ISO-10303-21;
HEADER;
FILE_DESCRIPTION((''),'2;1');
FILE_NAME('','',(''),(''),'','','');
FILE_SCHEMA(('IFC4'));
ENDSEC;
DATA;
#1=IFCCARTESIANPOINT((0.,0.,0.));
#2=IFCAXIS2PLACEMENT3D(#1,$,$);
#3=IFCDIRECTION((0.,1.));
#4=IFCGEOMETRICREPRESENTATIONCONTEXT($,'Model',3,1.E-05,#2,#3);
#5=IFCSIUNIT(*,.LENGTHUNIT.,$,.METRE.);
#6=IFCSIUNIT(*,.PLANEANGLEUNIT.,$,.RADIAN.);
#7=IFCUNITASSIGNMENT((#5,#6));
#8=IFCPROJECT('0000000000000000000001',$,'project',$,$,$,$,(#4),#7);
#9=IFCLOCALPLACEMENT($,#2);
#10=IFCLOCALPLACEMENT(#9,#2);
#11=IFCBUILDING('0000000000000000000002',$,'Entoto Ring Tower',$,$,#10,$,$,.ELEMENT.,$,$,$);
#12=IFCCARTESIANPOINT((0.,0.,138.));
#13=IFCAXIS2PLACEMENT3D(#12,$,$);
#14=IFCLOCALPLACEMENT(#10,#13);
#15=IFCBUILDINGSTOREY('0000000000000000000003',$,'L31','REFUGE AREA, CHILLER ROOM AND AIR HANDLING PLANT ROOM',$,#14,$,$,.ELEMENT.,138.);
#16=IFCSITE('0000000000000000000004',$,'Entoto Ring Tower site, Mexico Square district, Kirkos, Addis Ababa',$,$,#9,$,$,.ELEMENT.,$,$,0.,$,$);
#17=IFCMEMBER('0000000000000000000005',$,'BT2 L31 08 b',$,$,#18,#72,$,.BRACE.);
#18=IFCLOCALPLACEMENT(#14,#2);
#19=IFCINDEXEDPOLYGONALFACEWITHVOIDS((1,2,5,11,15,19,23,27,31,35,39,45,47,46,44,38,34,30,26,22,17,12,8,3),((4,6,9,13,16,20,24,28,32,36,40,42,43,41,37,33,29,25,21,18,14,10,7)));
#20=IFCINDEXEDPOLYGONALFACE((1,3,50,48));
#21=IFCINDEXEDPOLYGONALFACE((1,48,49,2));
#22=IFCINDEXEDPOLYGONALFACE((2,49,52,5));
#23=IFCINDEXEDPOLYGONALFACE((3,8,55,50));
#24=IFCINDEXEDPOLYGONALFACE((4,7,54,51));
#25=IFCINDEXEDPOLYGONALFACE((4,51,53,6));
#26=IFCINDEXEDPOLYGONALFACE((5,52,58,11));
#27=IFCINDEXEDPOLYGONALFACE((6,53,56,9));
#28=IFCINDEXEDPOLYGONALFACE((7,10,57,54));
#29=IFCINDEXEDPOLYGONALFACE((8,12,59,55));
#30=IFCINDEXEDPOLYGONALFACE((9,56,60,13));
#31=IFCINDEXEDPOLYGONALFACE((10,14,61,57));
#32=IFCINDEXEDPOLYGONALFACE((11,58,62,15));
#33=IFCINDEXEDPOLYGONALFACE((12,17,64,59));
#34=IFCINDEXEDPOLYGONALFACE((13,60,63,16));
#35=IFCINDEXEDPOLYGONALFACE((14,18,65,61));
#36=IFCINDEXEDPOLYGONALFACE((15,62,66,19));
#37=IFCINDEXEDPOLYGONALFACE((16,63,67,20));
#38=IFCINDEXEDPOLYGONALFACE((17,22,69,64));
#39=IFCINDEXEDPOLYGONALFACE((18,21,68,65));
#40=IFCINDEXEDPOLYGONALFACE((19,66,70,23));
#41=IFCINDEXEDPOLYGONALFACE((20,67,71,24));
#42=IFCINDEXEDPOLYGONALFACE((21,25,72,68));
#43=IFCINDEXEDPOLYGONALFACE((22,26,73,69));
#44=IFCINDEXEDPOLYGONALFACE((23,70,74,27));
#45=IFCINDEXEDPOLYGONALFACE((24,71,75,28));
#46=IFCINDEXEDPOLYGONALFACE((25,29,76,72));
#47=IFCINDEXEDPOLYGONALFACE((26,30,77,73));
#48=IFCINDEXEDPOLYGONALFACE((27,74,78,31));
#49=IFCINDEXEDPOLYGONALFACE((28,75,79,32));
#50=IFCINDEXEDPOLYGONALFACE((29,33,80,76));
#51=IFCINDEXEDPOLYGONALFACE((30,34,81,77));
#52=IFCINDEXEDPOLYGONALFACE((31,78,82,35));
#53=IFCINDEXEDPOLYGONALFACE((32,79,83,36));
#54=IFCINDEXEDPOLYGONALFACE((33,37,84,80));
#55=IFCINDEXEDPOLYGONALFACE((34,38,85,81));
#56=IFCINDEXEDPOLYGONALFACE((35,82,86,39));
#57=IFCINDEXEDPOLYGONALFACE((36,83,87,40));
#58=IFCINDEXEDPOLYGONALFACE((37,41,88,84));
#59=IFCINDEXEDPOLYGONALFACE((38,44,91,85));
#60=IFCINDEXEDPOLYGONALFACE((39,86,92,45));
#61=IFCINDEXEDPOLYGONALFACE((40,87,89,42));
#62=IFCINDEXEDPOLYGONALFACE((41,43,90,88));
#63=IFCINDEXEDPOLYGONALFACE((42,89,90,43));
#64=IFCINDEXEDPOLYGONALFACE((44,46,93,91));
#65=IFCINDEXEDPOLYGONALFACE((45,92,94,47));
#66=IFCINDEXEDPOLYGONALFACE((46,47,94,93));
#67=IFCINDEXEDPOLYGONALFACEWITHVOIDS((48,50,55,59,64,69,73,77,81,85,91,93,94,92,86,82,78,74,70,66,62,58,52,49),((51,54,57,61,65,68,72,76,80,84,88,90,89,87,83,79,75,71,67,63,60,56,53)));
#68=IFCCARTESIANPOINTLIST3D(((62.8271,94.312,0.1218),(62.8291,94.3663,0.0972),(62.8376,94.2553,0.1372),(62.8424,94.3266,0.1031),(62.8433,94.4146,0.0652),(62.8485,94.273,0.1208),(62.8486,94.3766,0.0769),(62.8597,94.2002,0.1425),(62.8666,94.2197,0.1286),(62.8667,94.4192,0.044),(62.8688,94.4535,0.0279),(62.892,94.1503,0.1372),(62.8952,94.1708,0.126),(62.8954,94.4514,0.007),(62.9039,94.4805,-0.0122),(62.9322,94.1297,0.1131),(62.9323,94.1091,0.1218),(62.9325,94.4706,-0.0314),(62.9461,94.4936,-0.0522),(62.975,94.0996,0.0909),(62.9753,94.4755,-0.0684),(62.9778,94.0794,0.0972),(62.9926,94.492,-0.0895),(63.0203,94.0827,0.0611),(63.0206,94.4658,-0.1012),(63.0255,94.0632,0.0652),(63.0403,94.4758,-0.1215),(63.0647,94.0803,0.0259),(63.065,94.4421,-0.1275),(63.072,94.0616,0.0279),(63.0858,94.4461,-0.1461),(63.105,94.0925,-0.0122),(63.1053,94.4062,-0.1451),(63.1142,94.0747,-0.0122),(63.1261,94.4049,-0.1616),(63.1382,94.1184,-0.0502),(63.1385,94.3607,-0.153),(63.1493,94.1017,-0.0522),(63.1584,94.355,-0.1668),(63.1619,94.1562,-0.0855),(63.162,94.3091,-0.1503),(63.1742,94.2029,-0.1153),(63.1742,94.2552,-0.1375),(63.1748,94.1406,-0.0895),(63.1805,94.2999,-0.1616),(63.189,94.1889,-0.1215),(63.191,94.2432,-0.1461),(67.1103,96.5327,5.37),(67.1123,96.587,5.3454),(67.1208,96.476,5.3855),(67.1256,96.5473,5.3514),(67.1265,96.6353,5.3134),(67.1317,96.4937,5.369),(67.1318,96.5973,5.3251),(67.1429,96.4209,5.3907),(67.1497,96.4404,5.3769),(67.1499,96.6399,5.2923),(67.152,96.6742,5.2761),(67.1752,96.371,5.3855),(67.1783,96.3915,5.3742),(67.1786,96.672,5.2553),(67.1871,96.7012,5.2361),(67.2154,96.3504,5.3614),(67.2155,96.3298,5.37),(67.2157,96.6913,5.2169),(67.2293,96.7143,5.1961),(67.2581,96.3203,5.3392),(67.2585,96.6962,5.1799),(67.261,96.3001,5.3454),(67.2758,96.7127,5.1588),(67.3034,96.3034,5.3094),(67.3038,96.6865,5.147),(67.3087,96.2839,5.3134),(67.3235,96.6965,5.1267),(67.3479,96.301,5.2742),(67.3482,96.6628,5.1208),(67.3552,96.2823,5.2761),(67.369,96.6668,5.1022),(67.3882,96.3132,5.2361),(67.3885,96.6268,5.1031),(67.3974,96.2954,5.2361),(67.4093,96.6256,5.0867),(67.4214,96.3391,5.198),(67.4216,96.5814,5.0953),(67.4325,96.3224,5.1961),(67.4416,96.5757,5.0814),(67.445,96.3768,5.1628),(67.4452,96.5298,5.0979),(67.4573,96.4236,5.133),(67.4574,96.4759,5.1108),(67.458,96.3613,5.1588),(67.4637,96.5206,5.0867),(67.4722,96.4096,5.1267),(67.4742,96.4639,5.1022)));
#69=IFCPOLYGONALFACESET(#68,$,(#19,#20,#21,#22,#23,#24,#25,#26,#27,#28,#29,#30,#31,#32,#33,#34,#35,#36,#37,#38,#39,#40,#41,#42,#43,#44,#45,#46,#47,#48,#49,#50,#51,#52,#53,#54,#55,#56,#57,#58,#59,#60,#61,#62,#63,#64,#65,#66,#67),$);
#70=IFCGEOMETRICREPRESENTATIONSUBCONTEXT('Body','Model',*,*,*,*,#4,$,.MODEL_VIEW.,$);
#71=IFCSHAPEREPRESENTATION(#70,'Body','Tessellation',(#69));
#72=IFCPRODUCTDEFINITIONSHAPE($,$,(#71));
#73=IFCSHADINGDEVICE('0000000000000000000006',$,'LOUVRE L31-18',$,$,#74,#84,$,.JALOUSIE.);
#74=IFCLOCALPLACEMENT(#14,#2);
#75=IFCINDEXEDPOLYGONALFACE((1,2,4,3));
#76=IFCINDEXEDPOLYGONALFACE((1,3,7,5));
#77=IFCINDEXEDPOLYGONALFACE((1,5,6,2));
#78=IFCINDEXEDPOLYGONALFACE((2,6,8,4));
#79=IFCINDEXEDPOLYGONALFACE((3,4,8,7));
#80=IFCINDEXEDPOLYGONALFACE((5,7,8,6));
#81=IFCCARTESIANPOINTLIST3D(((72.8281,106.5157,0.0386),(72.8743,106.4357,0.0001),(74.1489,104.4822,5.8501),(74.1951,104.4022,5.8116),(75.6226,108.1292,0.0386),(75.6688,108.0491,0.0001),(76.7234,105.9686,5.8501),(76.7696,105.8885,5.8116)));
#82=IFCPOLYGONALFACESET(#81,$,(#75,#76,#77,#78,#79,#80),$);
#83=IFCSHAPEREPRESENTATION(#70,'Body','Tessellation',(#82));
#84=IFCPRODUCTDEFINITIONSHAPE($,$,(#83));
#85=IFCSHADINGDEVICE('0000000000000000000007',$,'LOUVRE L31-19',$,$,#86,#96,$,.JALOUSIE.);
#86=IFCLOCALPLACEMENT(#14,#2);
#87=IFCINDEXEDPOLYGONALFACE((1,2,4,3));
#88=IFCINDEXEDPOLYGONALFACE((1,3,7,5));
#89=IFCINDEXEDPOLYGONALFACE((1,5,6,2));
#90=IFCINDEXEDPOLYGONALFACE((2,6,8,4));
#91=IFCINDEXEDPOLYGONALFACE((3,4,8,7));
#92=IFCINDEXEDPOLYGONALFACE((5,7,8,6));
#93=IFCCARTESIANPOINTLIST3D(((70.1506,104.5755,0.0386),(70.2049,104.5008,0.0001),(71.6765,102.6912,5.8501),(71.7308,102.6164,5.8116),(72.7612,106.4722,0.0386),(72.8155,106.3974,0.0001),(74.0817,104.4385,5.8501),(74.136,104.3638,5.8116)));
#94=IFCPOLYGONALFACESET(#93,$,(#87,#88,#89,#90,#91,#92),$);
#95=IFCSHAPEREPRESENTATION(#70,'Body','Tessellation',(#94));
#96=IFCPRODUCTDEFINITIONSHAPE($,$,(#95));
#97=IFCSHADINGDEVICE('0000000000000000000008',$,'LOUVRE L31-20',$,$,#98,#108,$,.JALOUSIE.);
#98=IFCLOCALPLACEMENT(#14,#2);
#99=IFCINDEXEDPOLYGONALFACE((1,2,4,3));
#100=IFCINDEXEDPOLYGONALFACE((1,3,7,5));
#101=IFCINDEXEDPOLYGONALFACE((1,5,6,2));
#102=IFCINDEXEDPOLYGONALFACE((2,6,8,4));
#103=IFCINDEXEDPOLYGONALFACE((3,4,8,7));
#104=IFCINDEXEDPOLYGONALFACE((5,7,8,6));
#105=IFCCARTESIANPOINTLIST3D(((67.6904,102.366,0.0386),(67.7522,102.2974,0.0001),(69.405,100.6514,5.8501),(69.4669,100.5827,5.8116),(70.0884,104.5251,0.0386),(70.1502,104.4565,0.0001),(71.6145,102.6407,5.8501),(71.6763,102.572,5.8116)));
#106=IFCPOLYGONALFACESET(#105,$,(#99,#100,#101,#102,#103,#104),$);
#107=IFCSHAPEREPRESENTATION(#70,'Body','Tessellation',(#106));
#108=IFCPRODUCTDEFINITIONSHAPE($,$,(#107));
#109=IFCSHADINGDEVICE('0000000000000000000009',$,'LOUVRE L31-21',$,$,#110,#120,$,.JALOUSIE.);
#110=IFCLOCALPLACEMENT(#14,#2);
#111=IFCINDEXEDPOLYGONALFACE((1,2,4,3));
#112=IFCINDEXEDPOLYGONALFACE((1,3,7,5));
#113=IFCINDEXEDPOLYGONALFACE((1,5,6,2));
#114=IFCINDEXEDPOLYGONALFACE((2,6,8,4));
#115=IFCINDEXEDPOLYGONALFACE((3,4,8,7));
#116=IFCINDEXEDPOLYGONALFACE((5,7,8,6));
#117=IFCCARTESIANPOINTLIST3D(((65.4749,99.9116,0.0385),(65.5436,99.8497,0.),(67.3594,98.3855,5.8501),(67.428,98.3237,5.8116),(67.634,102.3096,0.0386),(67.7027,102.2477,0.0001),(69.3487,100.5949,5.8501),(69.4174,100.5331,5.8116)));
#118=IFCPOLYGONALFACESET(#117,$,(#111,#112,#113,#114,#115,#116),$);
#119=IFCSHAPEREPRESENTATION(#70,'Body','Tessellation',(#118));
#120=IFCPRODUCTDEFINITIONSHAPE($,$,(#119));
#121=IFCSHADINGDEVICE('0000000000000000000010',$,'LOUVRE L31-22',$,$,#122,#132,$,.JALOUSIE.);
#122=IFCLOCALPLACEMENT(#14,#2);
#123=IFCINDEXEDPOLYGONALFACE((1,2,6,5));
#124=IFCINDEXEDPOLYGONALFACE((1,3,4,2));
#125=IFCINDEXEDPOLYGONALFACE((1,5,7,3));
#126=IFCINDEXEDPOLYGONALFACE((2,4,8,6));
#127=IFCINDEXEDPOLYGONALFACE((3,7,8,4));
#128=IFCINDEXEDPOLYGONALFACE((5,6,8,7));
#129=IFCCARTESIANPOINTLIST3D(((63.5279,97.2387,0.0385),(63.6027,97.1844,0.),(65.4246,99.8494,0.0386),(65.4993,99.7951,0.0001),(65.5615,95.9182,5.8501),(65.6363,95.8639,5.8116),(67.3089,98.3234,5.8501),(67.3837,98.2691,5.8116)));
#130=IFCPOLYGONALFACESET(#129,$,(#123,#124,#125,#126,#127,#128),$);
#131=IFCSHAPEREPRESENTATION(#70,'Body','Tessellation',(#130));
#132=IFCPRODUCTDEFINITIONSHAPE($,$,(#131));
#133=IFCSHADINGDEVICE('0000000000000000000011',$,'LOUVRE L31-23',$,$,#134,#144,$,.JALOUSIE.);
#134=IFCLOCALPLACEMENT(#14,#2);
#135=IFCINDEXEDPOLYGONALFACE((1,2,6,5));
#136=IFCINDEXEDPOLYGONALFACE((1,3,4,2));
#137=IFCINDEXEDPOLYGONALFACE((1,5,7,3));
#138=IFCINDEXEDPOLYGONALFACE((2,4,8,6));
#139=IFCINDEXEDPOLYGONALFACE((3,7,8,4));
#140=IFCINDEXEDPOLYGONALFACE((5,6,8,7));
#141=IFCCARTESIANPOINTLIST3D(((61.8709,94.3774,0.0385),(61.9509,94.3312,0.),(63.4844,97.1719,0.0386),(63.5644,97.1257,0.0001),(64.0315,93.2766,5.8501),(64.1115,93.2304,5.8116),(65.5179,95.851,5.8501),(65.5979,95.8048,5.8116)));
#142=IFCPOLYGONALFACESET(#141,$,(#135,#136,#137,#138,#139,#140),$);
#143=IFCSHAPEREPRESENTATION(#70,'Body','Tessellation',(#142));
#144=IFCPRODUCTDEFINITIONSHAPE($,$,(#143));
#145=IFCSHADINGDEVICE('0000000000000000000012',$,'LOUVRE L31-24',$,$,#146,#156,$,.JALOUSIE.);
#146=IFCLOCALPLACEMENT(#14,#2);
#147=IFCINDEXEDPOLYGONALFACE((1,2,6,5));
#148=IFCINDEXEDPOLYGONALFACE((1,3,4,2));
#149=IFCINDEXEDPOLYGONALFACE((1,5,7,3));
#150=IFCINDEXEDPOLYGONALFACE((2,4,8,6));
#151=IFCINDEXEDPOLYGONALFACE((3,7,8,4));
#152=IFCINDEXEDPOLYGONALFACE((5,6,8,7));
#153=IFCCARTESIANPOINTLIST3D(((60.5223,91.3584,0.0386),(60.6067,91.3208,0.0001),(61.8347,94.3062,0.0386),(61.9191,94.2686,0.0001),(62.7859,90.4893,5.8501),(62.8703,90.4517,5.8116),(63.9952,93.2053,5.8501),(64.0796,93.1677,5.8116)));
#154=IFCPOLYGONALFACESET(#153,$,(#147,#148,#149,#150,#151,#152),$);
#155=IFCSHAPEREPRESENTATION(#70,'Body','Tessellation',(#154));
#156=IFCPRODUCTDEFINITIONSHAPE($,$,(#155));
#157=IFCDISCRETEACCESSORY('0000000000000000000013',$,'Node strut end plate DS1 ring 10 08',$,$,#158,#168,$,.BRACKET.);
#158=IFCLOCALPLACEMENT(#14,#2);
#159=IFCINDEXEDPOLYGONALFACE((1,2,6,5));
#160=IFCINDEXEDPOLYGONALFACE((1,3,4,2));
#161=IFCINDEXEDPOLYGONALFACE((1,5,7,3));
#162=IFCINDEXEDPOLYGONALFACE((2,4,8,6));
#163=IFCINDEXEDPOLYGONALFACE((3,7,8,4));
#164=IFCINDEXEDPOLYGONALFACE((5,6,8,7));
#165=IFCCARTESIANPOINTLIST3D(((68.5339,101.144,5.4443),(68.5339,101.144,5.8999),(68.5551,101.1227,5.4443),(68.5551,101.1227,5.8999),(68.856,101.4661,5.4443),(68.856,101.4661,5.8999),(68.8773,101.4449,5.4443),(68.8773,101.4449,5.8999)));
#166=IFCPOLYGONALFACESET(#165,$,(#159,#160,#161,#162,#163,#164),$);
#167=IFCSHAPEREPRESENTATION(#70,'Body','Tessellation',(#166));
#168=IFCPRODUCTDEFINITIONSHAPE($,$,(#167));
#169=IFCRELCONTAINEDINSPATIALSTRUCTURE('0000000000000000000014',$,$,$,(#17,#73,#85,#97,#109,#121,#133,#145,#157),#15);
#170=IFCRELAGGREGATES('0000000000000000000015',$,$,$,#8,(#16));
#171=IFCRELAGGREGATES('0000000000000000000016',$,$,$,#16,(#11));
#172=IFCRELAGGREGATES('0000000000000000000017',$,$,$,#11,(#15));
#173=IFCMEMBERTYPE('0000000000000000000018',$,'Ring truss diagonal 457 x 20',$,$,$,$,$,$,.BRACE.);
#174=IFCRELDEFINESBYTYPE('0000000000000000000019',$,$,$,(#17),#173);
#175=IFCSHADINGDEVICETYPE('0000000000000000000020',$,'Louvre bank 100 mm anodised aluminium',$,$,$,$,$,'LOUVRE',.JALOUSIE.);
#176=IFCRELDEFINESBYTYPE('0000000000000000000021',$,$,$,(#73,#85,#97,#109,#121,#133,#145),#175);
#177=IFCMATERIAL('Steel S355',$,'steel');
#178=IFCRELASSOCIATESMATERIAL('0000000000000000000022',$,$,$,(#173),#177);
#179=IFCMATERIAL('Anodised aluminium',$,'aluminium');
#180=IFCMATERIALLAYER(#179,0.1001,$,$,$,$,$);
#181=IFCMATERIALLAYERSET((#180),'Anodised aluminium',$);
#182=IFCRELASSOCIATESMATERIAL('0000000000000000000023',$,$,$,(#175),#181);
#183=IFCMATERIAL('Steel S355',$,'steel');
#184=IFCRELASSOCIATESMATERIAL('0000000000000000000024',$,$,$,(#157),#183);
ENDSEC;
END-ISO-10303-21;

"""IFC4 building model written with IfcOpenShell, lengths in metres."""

from ifc_helpers import new_model, si_unit, direction, frame, origin, origin_2d, place, context, subcontext, project, spatial, polyline, rectangle, circle, hollow_circle, outline, extrude, material, layer, layer_set, material_profile, profile_set, type_object, element, save


model = new_model("IFC4")

# Units and contexts
model_context = context("Model", 3, precision=1e-05, world=origin(), true_north=direction((0.0, 1.0)))
body_context = subcontext(model_context, "Body", "Model", "MODEL_VIEW")
ifc_project = project(units=[si_unit("LENGTHUNIT", "METRE"), si_unit("PLANEANGLEUNIT", "RADIAN")], contexts=[model_context])

# Site, building, storey
site_placement = place(None, origin())
site = spatial("IfcSite", under=ifc_project, at=site_placement, Name="Entoto Ring Tower site, Mexico Square district, Kirkos, Addis Ababa", CompositionType="ELEMENT", RefElevation=0.0)
building_placement = place(site_placement, origin())
building = spatial("IfcBuilding", under=site, at=building_placement, Name="Entoto Ring Tower", CompositionType="ELEMENT")
storey_placement = place(building_placement, frame((0.0, 0.0, 138.0)))
storey = spatial("IfcBuildingStorey", under=building, at=storey_placement, Name="L31", Description="REFUGE AREA, CHILLER ROOM AND AIR HANDLING PLANT ROOM", CompositionType="ELEMENT", Elevation=138.0)

# Member
ifc_material_1 = material(Name="Steel S355", Category="steel")
ifc_material_profile_1 = material_profile(ifc_material_1, hollow_circle(Radius=0.2285, WallThickness=0.02, at=origin_2d()), Name="CHS 457 x 20")
ifc_material_2 = material(Name="Concrete C60/75", Category="concrete")
ifc_material_profile_2 = material_profile(ifc_material_2, circle(Radius=0.2085, at=origin_2d()), Name="Concrete C60/75 infill")
ifc_profile_set_1 = profile_set([ifc_material_profile_1, ifc_material_profile_2], Name="Steel S355")
member_type_1 = type_object("IfcMemberType", Name="Ring truss diagonal 457 x 20", PredefinedType="BRACE", material=ifc_profile_set_1)
member_1_placement = place(storey_placement, frame((67.2922, 96.4983, 5.2361), z_axis=(-0.600818, -0.311505, -0.736194), x_axis=(0.460282, -0.887773, 0.0)))
element("IfcMember", 1, at=member_1_placement, inside=storey, type_object=member_type_1, Name="BT2 L31 08 b", PredefinedType="BRACE", context=body_context, shape_type="SweptSolid", body=[
    extrude(hollow_circle(Radius=0.2285, WallThickness=0.02, at=origin_2d()), origin(), (0.0, 0.0, 1.0), 7.1289),
])

# Shading devices
ifc_material_3 = material(Name="Anodised aluminium", Category="aluminium")
ifc_layer_1 = layer(ifc_material_3, 0.1001)
ifc_layer_set_1 = layer_set([ifc_layer_1], Name="Anodised aluminium")
shading_device_type = type_object("IfcShadingDeviceType", Name="Louvre bank 100 mm anodised aluminium", ElementType="LOUVRE", PredefinedType="JALOUSIE", material=ifc_layer_set_1)
shading_device_1_placement = place(storey_placement, frame((75.6226, 108.1292, 0.0386), z_axis=(-0.461551, 0.799399, 0.38462), x_axis=(-0.866015, -0.500018, 0.000009)))
element("IfcShadingDevice", 2, at=shading_device_1_placement, inside=storey, type_object=shading_device_type, Name="LOUVRE L31-18", PredefinedType="JALOUSIE", context=body_context, shape_type="SweptSolid", body=[
    extrude(outline(polyline([(0.0, 0.0), (3.2268, 0.0), (3.0998, 6.2958), (0.1271, 6.2959), (0.0, 0.0)])), origin(), (0.0, 0.0, -1.0), 0.1001),
])
shading_device_2_placement = place(storey_placement, frame((72.7612, 106.4722, 0.0386), z_axis=(-0.542554, 0.746802, 0.384606), x_axis=(-0.80903, -0.587768, 0.000011)))
element("IfcShadingDevice", 3, at=shading_device_2_placement, inside=storey, type_object=shading_device_type, Name="LOUVRE L31-19", PredefinedType="JALOUSIE", context=body_context, shape_type="SweptSolid", body=[
    extrude(outline(polyline([(0.0, 0.0), (3.2269, 0.0), (3.1, 6.2958), (0.127, 6.2958), (0.0, 0.0)])), origin(), (0.0, 0.0, -1.0), 0.1001),
])
shading_device_3_placement = place(storey_placement, frame((70.0884, 104.5251, 0.0386), z_axis=(-0.617647, 0.685983, 0.384629), x_axis=(-0.743151, -0.669124, 0.000009)))
element("IfcShadingDevice", 4, at=shading_device_3_placement, inside=storey, type_object=shading_device_type, Name="LOUVRE L31-20", PredefinedType="JALOUSIE", context=body_context, shape_type="SweptSolid", body=[
    extrude(outline(polyline([(0.0, 0.0), (3.2268, 0.0), (3.0999, 6.2958), (0.1269, 6.2959), (0.0, 0.0)])), origin(), (0.0, 0.0, -1.0), 0.1001),
])
shading_device_4_placement = place(storey_placement, frame((67.634, 102.3096, 0.0386), z_axis=(-0.685983, 0.617647, 0.384629), x_axis=(-0.669124, -0.743151, -0.000009)))
element("IfcShadingDevice", 5, at=shading_device_4_placement, inside=storey, type_object=shading_device_type, Name="LOUVRE L31-21", PredefinedType="JALOUSIE", context=body_context, shape_type="SweptSolid", body=[
    extrude(outline(polyline([(0.0, 0.0), (3.2268, 0.0), (3.0999, 6.2959), (0.1269, 6.2958), (0.0, 0.0)])), origin(), (0.0, 0.0, -1.0), 0.1001),
])
shading_device_5_placement = place(storey_placement, frame((65.4246, 99.8494, 0.0386), z_axis=(-0.746802, 0.542554, 0.384606), x_axis=(-0.587768, -0.80903, -0.000011)))
element("IfcShadingDevice", 6, at=shading_device_5_placement, inside=storey, type_object=shading_device_type, Name="LOUVRE L31-22", PredefinedType="JALOUSIE", context=body_context, shape_type="SweptSolid", body=[
    extrude(outline(polyline([(0.0, 0.0), (3.2269, 0.0), (3.0999, 6.2958), (0.1269, 6.2958), (0.0, 0.0)])), origin(), (0.0, 0.0, -1.0), 0.1001),
])
shading_device_6_placement = place(storey_placement, frame((63.4844, 97.1719, 0.0386), z_axis=(-0.799399, 0.461551, 0.38462), x_axis=(-0.500018, -0.866015, -0.000009)))
element("IfcShadingDevice", 7, at=shading_device_6_placement, inside=storey, type_object=shading_device_type, Name="LOUVRE L31-23", PredefinedType="JALOUSIE", context=body_context, shape_type="SweptSolid", body=[
    extrude(outline(polyline([(0.0, 0.0), (3.2268, 0.0), (3.0997, 6.2959), (0.127, 6.2958), (0.0, 0.0)])), origin(), (0.0, 0.0, -1.0), 0.1001),
])
shading_device_7_placement = place(storey_placement, frame((61.8347, 94.3062, 0.0386), z_axis=(-0.843273, 0.375454, 0.38461), x_axis=(-0.406743, -0.913542, -0.000006)))
element("IfcShadingDevice", 8, at=shading_device_7_placement, inside=storey, type_object=shading_device_type, Name="LOUVRE L31-24", PredefinedType="JALOUSIE", context=body_context, shape_type="SweptSolid", body=[
    extrude(outline(polyline([(0.0, 0.0), (3.2267, 0.0), (3.1, 6.2958), (0.1269, 6.2958), (0.0, 0.0)])), origin(), (0.0, 0.0, -1.0), 0.1001),
])

# Discrete accessory
ifc_material_4 = material(Name="Steel S355", Category="steel")
discrete_accessory_placement = place(storey_placement, frame((68.7056, 101.2944, 5.4443), z_axis=(0.0, 0.0, 1.0), x_axis=(-0.707107, 0.707107, 0.0)))
element("IfcDiscreteAccessory", 9, at=discrete_accessory_placement, inside=storey, material=ifc_material_4, Name="Node strut end plate DS1 ring 10 08", PredefinedType="BRACKET", context=body_context, shape_type="SweptSolid", body=[
    extrude(rectangle(XDim=0.03, YDim=0.4556, at=origin_2d()), origin(), (0.0, 0.0, 1.0), 0.4556),
])

save(model, "model.ifc")
